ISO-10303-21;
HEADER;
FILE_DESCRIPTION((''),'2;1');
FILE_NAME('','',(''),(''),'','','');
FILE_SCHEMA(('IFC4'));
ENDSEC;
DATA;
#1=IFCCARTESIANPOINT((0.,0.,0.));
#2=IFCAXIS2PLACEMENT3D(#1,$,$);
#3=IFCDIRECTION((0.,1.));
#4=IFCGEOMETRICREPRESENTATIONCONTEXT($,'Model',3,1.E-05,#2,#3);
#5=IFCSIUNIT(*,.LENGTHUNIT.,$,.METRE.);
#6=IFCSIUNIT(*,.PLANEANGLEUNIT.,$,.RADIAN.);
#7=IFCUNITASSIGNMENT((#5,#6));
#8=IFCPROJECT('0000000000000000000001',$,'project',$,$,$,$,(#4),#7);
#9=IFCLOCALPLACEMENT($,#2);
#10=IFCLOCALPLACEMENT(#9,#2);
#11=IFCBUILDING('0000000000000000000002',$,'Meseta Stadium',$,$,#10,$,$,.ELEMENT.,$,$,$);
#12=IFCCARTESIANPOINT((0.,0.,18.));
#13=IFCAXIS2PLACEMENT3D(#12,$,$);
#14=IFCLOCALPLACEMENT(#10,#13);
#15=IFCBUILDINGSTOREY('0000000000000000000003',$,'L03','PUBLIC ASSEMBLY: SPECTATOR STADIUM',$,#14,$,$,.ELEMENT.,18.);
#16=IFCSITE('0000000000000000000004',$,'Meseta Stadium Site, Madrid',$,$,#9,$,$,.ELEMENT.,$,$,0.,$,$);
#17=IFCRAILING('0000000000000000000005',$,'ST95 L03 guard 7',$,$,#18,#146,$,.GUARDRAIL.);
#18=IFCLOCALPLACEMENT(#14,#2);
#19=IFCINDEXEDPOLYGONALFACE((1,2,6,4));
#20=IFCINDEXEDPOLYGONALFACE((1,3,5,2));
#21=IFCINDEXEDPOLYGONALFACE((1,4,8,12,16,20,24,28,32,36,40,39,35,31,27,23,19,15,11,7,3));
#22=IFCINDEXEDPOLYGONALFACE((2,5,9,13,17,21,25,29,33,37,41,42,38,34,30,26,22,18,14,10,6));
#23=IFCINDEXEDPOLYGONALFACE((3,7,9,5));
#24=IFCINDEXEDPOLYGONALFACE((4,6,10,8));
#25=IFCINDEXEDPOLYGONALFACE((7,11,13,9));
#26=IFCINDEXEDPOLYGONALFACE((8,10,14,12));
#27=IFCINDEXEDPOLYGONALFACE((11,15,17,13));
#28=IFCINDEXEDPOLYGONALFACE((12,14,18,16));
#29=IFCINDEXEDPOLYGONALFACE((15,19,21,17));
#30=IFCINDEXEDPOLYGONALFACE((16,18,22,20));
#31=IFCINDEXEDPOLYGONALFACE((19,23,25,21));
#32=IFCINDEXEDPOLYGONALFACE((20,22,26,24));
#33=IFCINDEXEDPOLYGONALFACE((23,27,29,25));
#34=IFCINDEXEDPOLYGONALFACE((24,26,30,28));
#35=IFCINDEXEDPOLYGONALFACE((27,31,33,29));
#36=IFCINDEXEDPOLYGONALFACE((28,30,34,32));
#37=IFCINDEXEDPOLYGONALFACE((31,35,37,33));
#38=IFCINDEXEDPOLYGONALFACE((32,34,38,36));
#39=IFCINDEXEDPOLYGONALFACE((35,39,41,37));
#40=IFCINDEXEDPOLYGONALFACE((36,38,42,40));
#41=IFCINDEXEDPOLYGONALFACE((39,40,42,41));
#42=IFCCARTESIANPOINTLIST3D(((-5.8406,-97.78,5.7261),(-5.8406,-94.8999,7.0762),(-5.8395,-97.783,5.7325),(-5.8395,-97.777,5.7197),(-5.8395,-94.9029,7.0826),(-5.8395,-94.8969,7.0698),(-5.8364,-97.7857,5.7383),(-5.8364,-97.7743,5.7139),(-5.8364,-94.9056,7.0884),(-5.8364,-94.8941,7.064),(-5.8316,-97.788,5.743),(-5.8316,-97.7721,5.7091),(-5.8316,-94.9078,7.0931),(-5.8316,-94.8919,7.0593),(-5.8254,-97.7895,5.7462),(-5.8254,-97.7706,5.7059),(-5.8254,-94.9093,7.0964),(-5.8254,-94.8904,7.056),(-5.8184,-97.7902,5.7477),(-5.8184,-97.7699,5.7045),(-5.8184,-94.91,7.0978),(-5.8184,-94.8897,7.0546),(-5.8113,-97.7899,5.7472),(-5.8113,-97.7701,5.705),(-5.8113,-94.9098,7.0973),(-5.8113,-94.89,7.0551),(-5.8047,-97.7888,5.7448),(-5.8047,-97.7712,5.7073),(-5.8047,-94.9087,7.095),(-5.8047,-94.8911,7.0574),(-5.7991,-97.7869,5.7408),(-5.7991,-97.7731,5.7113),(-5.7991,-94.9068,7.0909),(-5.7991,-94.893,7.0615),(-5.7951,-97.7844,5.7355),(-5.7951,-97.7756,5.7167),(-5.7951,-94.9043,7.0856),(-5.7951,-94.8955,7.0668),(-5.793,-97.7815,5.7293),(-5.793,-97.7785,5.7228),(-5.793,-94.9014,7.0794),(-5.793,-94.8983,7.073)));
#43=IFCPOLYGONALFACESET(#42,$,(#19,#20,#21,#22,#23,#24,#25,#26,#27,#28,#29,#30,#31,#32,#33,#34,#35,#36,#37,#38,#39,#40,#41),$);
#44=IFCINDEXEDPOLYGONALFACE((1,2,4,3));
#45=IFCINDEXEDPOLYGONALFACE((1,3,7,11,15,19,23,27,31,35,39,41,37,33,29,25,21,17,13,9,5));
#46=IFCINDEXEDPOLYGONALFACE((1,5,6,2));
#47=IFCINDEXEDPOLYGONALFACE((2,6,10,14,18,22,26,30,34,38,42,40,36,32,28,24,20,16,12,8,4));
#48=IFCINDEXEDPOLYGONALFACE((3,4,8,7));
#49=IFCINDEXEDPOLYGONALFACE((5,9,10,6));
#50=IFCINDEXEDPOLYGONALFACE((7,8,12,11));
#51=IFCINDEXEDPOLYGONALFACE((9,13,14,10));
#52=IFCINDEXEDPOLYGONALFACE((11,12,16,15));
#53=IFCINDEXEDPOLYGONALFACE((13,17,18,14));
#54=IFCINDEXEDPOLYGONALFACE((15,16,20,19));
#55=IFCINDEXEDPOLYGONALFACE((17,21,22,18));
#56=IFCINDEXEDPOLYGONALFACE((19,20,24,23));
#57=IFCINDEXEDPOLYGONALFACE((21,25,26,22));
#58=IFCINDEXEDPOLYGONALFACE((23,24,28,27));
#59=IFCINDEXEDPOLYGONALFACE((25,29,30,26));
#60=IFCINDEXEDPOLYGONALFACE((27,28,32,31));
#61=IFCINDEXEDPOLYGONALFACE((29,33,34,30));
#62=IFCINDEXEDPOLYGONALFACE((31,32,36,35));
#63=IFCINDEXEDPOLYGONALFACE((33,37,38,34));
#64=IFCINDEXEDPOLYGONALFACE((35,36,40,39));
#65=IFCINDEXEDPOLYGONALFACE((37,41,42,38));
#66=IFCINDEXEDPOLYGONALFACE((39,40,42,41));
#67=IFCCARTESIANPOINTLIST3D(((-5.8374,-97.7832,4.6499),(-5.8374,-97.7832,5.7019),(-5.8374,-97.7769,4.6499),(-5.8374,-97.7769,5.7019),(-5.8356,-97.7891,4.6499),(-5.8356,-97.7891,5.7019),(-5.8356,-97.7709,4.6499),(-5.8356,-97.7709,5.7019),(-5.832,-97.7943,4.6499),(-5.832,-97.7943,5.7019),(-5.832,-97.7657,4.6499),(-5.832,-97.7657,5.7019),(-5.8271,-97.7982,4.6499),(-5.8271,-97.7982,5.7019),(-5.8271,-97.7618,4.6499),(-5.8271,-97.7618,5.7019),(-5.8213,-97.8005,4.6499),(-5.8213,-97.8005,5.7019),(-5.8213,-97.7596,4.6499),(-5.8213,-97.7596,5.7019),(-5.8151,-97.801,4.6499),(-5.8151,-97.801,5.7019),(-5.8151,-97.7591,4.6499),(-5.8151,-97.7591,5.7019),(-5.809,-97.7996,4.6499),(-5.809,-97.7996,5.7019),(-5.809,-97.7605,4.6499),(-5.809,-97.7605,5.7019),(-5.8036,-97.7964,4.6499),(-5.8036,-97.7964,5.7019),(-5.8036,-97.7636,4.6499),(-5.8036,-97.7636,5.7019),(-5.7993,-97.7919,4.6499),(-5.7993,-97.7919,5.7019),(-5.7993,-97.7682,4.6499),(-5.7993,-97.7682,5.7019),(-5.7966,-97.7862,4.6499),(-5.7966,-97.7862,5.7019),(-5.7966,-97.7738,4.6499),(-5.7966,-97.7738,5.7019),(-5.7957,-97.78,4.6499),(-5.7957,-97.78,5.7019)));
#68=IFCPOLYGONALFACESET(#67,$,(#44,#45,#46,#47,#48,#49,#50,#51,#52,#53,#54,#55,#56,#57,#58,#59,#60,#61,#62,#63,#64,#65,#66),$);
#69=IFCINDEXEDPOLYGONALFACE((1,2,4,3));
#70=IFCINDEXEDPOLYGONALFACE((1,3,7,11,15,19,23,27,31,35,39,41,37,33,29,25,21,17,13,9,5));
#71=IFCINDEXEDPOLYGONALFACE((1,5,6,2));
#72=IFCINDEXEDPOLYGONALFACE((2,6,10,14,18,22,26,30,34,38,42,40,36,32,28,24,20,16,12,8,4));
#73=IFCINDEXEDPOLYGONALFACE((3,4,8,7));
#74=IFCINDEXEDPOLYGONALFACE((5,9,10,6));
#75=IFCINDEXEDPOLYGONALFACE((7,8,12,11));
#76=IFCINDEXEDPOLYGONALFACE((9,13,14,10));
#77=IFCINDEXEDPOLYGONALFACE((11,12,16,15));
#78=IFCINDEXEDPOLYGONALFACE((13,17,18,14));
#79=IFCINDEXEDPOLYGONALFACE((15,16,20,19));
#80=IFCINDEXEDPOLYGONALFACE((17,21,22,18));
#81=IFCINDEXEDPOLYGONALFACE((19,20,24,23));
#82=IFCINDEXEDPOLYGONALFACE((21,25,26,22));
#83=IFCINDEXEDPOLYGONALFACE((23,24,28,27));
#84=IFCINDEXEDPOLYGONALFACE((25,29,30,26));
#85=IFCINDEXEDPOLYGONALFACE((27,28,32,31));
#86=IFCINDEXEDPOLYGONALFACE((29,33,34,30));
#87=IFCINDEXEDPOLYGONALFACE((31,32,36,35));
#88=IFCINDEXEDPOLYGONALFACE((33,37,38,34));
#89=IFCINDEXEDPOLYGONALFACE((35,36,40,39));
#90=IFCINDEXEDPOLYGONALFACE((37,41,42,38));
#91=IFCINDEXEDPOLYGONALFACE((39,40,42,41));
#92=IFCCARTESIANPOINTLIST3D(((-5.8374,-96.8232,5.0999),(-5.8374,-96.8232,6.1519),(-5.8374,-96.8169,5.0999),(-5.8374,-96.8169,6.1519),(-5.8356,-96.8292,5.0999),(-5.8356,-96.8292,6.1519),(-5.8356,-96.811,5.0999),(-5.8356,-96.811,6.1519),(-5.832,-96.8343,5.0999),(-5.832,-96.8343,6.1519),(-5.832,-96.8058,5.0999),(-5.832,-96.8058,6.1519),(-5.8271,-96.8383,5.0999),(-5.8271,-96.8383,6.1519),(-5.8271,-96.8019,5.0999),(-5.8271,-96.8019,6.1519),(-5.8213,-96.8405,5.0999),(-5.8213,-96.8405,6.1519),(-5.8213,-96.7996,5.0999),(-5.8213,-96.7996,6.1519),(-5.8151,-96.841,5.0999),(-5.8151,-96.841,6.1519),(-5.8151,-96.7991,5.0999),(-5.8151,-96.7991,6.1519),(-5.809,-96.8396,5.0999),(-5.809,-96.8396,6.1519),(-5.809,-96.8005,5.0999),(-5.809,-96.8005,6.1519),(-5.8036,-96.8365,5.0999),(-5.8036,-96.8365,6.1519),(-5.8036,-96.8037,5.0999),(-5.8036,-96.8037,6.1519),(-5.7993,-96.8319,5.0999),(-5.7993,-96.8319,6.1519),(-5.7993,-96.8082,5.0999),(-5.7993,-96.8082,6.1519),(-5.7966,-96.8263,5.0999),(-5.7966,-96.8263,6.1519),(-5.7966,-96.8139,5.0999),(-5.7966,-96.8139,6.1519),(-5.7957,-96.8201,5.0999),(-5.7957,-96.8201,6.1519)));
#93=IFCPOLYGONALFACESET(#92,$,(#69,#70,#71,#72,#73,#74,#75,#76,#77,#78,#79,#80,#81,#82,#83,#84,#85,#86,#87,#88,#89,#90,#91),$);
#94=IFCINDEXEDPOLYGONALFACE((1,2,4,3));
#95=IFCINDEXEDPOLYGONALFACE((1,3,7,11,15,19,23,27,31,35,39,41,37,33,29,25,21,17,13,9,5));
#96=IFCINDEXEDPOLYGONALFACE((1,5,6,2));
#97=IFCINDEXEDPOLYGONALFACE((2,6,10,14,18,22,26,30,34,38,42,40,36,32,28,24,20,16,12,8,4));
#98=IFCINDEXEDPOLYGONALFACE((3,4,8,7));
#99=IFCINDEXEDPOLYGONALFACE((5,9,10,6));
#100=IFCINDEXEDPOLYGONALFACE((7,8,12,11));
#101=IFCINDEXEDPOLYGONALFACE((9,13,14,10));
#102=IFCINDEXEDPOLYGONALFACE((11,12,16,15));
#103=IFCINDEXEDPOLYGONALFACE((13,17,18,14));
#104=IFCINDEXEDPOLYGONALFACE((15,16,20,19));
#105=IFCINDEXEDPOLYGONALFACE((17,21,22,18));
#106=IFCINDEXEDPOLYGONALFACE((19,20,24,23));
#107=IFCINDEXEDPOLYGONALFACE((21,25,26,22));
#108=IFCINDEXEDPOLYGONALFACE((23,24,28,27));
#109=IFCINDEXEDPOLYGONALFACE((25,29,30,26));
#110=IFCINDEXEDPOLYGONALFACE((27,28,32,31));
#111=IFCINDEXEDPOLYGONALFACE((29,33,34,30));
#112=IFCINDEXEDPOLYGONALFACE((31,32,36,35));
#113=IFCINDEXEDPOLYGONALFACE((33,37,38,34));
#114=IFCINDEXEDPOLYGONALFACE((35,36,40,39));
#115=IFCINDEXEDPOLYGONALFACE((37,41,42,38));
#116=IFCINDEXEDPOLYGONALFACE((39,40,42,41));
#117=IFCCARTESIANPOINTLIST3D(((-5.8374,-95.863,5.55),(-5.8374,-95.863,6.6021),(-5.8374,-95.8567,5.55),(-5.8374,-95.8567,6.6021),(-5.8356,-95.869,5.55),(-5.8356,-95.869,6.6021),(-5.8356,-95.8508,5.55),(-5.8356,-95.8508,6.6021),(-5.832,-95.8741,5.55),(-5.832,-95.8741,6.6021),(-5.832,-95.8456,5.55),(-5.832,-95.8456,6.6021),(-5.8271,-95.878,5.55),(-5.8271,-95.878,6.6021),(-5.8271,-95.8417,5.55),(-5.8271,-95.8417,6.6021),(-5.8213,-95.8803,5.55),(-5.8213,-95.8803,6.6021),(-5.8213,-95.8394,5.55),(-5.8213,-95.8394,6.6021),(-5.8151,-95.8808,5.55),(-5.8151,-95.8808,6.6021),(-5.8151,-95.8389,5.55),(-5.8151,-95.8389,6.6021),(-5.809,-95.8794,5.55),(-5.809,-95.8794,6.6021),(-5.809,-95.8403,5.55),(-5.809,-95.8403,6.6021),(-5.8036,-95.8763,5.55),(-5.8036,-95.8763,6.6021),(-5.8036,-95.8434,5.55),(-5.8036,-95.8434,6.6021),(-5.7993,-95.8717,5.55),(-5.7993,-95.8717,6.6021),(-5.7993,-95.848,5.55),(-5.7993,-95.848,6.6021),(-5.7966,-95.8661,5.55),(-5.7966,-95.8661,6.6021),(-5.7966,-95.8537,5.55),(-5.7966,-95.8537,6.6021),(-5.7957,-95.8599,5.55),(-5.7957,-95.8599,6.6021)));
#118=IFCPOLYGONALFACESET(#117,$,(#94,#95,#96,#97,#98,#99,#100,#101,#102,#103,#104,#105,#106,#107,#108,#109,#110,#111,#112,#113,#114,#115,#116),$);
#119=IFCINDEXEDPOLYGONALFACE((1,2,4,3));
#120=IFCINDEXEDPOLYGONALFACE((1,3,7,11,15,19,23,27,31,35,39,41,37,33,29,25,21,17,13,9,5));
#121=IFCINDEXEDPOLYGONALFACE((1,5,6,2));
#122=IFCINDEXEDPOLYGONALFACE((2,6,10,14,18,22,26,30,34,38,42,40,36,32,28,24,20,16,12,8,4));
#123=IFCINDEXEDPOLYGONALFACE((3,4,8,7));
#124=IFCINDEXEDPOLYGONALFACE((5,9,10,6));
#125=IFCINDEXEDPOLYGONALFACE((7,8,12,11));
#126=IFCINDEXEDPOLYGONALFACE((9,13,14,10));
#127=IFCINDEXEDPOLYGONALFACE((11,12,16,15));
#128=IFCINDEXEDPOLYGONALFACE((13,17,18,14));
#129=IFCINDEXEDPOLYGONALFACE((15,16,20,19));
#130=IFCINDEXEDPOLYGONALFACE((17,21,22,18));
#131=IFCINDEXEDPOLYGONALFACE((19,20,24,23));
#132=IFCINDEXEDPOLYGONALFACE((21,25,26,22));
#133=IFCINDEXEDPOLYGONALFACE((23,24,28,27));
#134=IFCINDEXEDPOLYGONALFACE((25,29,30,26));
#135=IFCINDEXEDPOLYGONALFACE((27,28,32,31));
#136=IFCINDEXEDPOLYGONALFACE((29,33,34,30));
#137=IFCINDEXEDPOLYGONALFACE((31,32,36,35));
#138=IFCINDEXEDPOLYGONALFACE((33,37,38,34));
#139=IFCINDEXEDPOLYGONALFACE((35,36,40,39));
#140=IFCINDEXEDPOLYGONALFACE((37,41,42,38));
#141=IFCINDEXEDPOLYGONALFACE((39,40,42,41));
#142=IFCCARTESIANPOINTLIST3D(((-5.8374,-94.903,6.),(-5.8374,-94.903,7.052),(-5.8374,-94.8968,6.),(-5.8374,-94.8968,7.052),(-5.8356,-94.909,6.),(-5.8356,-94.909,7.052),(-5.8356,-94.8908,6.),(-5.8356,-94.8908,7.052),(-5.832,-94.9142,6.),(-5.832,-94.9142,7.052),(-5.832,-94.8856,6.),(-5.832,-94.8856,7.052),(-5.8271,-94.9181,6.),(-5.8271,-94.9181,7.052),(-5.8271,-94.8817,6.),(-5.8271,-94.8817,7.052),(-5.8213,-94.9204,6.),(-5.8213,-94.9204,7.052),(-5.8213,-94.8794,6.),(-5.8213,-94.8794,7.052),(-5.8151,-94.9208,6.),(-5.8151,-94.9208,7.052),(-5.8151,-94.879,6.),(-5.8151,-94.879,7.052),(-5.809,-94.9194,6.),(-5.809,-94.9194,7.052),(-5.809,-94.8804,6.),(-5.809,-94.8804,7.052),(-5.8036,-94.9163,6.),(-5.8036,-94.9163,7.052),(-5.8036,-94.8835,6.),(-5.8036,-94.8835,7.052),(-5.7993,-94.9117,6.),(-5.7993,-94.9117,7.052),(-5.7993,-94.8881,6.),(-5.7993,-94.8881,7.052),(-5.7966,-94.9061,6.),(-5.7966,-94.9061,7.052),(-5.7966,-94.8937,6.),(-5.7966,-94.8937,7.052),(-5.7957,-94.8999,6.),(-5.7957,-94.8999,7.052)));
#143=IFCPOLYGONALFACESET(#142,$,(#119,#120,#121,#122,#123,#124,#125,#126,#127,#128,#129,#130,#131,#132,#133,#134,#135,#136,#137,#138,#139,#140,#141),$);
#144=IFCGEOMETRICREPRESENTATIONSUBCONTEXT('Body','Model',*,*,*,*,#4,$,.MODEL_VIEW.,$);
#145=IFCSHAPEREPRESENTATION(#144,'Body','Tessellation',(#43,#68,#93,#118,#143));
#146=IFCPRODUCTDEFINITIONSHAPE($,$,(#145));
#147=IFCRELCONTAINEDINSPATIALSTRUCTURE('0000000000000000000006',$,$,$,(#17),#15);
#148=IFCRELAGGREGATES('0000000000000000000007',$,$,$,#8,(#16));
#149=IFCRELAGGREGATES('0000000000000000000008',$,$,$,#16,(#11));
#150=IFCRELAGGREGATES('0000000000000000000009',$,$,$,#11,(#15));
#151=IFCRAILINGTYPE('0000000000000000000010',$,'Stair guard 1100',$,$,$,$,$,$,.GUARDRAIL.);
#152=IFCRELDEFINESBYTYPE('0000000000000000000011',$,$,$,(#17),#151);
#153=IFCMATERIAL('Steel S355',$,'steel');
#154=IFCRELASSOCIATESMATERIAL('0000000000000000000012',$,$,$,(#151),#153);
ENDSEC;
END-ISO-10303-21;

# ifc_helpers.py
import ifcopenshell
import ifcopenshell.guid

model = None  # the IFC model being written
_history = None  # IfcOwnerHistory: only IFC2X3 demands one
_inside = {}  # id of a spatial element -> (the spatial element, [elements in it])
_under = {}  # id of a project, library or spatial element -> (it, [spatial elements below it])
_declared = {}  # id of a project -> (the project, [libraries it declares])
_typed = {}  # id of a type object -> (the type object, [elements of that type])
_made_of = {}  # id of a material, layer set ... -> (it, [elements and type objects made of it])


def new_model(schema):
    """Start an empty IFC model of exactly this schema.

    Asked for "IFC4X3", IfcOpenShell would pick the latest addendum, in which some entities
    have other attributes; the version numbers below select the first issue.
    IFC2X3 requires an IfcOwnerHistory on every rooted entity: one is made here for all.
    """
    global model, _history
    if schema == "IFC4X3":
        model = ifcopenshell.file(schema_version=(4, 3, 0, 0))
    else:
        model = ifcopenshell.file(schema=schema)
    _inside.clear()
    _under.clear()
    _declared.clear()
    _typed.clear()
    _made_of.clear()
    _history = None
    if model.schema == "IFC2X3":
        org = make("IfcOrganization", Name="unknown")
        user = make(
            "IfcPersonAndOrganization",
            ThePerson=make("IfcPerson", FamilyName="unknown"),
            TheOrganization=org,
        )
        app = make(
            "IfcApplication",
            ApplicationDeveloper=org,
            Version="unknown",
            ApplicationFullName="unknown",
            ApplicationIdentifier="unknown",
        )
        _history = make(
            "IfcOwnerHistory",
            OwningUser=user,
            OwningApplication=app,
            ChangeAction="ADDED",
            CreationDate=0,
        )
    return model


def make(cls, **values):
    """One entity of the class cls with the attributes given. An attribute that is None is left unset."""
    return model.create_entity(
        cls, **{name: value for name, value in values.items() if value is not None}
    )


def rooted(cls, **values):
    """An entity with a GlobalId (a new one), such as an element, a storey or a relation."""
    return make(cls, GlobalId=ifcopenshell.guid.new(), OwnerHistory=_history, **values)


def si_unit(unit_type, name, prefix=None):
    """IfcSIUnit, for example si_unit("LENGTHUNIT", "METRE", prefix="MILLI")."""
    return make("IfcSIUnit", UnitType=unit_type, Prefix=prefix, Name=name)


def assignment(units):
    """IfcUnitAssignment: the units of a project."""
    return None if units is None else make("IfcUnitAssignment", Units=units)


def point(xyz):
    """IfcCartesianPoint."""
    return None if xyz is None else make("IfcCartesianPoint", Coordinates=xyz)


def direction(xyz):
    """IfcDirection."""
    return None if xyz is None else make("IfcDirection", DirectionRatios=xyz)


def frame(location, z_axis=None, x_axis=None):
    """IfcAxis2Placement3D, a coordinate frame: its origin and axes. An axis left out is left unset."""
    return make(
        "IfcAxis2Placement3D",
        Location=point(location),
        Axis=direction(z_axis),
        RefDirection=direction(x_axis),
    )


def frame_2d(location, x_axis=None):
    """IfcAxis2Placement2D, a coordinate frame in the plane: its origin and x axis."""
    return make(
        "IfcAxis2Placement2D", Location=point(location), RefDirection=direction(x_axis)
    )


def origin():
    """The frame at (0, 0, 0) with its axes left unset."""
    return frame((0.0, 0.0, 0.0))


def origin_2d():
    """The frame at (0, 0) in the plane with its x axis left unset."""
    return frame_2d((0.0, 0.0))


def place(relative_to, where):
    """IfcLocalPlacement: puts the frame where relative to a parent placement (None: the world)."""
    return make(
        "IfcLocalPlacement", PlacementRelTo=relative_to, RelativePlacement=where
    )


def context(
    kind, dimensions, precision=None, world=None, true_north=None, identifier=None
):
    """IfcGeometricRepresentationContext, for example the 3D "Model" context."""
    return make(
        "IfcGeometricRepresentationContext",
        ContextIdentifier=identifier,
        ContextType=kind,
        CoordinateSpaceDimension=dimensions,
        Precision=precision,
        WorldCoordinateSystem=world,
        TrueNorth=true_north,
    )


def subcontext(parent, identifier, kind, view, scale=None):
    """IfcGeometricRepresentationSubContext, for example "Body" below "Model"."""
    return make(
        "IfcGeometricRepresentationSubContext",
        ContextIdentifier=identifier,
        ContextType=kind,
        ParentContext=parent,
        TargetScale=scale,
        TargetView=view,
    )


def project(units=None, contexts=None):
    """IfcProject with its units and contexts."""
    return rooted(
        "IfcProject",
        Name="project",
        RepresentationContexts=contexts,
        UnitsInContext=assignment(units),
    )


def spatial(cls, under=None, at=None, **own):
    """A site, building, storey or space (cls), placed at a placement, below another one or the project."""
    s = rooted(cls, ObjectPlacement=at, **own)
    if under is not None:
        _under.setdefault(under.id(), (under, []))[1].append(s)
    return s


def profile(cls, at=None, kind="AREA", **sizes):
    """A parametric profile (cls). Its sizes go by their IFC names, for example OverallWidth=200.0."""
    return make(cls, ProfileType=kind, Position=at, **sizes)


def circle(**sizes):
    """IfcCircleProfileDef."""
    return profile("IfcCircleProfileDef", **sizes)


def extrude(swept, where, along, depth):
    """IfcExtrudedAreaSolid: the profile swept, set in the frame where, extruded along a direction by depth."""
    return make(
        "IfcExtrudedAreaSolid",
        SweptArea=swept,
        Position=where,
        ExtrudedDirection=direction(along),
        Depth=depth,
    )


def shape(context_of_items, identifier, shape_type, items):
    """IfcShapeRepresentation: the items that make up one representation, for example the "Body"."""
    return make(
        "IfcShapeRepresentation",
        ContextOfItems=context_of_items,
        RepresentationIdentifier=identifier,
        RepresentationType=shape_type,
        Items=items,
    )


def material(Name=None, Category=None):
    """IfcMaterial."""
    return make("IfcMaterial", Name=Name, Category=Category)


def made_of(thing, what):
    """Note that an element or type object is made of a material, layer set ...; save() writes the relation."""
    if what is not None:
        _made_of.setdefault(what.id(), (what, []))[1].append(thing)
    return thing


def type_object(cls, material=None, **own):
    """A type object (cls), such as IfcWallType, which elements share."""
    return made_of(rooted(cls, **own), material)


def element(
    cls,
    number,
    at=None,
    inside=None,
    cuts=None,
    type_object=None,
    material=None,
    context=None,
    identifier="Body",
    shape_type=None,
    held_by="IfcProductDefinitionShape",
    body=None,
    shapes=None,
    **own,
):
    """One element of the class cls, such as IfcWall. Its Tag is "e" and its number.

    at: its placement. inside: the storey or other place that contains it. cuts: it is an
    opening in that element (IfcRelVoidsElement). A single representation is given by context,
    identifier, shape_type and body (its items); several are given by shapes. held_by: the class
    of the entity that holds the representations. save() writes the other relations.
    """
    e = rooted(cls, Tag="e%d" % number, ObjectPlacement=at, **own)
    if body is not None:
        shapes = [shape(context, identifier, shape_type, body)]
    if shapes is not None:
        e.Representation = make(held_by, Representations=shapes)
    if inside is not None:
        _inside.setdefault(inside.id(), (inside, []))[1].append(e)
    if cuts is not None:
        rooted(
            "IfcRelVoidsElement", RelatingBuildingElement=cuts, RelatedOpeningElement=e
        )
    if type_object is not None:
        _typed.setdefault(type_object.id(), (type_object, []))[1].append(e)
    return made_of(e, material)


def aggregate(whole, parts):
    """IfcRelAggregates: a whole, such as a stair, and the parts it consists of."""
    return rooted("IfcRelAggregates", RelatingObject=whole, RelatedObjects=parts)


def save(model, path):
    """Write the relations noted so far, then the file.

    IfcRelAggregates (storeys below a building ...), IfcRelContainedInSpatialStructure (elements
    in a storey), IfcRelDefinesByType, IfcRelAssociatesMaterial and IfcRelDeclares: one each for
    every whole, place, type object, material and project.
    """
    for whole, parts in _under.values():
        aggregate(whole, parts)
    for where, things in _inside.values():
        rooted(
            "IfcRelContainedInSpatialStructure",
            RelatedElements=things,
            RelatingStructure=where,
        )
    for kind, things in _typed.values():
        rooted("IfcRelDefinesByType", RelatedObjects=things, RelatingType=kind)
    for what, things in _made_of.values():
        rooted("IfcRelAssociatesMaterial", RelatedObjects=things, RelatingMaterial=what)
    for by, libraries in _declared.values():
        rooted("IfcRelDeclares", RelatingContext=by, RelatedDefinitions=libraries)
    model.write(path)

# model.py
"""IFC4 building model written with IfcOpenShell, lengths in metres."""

from ifc_helpers import new_model, si_unit, direction, frame, origin, origin_2d, place, context, subcontext, project, spatial, circle, extrude, material, type_object, element, save


model = new_model("IFC4")

# Units and contexts
model_context = context("Model", 3, precision=1e-05, world=origin(), true_north=direction((0.0, 1.0)))
body_context = subcontext(model_context, "Body", "Model", "MODEL_VIEW")
ifc_project = project(units=[si_unit("LENGTHUNIT", "METRE"), si_unit("PLANEANGLEUNIT", "RADIAN")], contexts=[model_context])

# Site, building, storey
site_placement = place(None, origin())
site = spatial("IfcSite", under=ifc_project, at=site_placement, Name="Meseta Stadium Site, Madrid", CompositionType="ELEMENT", RefElevation=0.0)
building_placement = place(site_placement, origin())
building = spatial("IfcBuilding", under=site, at=building_placement, Name="Meseta Stadium", CompositionType="ELEMENT")
storey_placement = place(building_placement, frame((0.0, 0.0, 18.0)))
storey = spatial("IfcBuildingStorey", under=building, at=storey_placement, Name="L03", Description="PUBLIC ASSEMBLY: SPECTATOR STADIUM", CompositionType="ELEMENT", Elevation=18.0)

# Railing
ifc_material_1 = material(Name="Steel S355", Category="steel")
railing_type_1 = type_object("IfcRailingType", Name="Stair guard 1100", PredefinedType="GUARDRAIL", material=ifc_material_1)
for number, where, name in (
    (1, (-5.8167, -97.78, 4.6499), "ST95 L03 guard 7"),
):
    element("IfcRailing", number, at=place(storey_placement, frame(where)), inside=storey, type_object=railing_type_1, Name=name, PredefinedType="GUARDRAIL", context=body_context, shape_type="SweptSolid", body=[
        extrude(circle(Radius=0.0239, at=origin_2d()), frame((0.0, 0.0, 1.0762), z_axis=(0.0, 0.905454, 0.424444), x_axis=(-1.0, 0.0, 0.0)), (0.0, 0.0, 1.0), 3.1809),
        extrude(circle(Radius=0.021, at=origin_2d()), origin(), (0.0, 0.0, 1.0), 1.052),
        extrude(circle(Radius=0.021, at=origin_2d()), frame((0.0, 0.96, 0.45)), (0.0, 0.0, 1.0), 1.052),
        extrude(circle(Radius=0.021, at=origin_2d()), frame((0.0, 1.9202, 0.9001)), (0.0, 0.0, 1.0), 1.052),
        extrude(circle(Radius=0.021, at=origin_2d()), frame((0.0, 2.8801, 1.3501)), (0.0, 0.0, 1.0), 1.052),
    ])

save(model, "model.ifc")
